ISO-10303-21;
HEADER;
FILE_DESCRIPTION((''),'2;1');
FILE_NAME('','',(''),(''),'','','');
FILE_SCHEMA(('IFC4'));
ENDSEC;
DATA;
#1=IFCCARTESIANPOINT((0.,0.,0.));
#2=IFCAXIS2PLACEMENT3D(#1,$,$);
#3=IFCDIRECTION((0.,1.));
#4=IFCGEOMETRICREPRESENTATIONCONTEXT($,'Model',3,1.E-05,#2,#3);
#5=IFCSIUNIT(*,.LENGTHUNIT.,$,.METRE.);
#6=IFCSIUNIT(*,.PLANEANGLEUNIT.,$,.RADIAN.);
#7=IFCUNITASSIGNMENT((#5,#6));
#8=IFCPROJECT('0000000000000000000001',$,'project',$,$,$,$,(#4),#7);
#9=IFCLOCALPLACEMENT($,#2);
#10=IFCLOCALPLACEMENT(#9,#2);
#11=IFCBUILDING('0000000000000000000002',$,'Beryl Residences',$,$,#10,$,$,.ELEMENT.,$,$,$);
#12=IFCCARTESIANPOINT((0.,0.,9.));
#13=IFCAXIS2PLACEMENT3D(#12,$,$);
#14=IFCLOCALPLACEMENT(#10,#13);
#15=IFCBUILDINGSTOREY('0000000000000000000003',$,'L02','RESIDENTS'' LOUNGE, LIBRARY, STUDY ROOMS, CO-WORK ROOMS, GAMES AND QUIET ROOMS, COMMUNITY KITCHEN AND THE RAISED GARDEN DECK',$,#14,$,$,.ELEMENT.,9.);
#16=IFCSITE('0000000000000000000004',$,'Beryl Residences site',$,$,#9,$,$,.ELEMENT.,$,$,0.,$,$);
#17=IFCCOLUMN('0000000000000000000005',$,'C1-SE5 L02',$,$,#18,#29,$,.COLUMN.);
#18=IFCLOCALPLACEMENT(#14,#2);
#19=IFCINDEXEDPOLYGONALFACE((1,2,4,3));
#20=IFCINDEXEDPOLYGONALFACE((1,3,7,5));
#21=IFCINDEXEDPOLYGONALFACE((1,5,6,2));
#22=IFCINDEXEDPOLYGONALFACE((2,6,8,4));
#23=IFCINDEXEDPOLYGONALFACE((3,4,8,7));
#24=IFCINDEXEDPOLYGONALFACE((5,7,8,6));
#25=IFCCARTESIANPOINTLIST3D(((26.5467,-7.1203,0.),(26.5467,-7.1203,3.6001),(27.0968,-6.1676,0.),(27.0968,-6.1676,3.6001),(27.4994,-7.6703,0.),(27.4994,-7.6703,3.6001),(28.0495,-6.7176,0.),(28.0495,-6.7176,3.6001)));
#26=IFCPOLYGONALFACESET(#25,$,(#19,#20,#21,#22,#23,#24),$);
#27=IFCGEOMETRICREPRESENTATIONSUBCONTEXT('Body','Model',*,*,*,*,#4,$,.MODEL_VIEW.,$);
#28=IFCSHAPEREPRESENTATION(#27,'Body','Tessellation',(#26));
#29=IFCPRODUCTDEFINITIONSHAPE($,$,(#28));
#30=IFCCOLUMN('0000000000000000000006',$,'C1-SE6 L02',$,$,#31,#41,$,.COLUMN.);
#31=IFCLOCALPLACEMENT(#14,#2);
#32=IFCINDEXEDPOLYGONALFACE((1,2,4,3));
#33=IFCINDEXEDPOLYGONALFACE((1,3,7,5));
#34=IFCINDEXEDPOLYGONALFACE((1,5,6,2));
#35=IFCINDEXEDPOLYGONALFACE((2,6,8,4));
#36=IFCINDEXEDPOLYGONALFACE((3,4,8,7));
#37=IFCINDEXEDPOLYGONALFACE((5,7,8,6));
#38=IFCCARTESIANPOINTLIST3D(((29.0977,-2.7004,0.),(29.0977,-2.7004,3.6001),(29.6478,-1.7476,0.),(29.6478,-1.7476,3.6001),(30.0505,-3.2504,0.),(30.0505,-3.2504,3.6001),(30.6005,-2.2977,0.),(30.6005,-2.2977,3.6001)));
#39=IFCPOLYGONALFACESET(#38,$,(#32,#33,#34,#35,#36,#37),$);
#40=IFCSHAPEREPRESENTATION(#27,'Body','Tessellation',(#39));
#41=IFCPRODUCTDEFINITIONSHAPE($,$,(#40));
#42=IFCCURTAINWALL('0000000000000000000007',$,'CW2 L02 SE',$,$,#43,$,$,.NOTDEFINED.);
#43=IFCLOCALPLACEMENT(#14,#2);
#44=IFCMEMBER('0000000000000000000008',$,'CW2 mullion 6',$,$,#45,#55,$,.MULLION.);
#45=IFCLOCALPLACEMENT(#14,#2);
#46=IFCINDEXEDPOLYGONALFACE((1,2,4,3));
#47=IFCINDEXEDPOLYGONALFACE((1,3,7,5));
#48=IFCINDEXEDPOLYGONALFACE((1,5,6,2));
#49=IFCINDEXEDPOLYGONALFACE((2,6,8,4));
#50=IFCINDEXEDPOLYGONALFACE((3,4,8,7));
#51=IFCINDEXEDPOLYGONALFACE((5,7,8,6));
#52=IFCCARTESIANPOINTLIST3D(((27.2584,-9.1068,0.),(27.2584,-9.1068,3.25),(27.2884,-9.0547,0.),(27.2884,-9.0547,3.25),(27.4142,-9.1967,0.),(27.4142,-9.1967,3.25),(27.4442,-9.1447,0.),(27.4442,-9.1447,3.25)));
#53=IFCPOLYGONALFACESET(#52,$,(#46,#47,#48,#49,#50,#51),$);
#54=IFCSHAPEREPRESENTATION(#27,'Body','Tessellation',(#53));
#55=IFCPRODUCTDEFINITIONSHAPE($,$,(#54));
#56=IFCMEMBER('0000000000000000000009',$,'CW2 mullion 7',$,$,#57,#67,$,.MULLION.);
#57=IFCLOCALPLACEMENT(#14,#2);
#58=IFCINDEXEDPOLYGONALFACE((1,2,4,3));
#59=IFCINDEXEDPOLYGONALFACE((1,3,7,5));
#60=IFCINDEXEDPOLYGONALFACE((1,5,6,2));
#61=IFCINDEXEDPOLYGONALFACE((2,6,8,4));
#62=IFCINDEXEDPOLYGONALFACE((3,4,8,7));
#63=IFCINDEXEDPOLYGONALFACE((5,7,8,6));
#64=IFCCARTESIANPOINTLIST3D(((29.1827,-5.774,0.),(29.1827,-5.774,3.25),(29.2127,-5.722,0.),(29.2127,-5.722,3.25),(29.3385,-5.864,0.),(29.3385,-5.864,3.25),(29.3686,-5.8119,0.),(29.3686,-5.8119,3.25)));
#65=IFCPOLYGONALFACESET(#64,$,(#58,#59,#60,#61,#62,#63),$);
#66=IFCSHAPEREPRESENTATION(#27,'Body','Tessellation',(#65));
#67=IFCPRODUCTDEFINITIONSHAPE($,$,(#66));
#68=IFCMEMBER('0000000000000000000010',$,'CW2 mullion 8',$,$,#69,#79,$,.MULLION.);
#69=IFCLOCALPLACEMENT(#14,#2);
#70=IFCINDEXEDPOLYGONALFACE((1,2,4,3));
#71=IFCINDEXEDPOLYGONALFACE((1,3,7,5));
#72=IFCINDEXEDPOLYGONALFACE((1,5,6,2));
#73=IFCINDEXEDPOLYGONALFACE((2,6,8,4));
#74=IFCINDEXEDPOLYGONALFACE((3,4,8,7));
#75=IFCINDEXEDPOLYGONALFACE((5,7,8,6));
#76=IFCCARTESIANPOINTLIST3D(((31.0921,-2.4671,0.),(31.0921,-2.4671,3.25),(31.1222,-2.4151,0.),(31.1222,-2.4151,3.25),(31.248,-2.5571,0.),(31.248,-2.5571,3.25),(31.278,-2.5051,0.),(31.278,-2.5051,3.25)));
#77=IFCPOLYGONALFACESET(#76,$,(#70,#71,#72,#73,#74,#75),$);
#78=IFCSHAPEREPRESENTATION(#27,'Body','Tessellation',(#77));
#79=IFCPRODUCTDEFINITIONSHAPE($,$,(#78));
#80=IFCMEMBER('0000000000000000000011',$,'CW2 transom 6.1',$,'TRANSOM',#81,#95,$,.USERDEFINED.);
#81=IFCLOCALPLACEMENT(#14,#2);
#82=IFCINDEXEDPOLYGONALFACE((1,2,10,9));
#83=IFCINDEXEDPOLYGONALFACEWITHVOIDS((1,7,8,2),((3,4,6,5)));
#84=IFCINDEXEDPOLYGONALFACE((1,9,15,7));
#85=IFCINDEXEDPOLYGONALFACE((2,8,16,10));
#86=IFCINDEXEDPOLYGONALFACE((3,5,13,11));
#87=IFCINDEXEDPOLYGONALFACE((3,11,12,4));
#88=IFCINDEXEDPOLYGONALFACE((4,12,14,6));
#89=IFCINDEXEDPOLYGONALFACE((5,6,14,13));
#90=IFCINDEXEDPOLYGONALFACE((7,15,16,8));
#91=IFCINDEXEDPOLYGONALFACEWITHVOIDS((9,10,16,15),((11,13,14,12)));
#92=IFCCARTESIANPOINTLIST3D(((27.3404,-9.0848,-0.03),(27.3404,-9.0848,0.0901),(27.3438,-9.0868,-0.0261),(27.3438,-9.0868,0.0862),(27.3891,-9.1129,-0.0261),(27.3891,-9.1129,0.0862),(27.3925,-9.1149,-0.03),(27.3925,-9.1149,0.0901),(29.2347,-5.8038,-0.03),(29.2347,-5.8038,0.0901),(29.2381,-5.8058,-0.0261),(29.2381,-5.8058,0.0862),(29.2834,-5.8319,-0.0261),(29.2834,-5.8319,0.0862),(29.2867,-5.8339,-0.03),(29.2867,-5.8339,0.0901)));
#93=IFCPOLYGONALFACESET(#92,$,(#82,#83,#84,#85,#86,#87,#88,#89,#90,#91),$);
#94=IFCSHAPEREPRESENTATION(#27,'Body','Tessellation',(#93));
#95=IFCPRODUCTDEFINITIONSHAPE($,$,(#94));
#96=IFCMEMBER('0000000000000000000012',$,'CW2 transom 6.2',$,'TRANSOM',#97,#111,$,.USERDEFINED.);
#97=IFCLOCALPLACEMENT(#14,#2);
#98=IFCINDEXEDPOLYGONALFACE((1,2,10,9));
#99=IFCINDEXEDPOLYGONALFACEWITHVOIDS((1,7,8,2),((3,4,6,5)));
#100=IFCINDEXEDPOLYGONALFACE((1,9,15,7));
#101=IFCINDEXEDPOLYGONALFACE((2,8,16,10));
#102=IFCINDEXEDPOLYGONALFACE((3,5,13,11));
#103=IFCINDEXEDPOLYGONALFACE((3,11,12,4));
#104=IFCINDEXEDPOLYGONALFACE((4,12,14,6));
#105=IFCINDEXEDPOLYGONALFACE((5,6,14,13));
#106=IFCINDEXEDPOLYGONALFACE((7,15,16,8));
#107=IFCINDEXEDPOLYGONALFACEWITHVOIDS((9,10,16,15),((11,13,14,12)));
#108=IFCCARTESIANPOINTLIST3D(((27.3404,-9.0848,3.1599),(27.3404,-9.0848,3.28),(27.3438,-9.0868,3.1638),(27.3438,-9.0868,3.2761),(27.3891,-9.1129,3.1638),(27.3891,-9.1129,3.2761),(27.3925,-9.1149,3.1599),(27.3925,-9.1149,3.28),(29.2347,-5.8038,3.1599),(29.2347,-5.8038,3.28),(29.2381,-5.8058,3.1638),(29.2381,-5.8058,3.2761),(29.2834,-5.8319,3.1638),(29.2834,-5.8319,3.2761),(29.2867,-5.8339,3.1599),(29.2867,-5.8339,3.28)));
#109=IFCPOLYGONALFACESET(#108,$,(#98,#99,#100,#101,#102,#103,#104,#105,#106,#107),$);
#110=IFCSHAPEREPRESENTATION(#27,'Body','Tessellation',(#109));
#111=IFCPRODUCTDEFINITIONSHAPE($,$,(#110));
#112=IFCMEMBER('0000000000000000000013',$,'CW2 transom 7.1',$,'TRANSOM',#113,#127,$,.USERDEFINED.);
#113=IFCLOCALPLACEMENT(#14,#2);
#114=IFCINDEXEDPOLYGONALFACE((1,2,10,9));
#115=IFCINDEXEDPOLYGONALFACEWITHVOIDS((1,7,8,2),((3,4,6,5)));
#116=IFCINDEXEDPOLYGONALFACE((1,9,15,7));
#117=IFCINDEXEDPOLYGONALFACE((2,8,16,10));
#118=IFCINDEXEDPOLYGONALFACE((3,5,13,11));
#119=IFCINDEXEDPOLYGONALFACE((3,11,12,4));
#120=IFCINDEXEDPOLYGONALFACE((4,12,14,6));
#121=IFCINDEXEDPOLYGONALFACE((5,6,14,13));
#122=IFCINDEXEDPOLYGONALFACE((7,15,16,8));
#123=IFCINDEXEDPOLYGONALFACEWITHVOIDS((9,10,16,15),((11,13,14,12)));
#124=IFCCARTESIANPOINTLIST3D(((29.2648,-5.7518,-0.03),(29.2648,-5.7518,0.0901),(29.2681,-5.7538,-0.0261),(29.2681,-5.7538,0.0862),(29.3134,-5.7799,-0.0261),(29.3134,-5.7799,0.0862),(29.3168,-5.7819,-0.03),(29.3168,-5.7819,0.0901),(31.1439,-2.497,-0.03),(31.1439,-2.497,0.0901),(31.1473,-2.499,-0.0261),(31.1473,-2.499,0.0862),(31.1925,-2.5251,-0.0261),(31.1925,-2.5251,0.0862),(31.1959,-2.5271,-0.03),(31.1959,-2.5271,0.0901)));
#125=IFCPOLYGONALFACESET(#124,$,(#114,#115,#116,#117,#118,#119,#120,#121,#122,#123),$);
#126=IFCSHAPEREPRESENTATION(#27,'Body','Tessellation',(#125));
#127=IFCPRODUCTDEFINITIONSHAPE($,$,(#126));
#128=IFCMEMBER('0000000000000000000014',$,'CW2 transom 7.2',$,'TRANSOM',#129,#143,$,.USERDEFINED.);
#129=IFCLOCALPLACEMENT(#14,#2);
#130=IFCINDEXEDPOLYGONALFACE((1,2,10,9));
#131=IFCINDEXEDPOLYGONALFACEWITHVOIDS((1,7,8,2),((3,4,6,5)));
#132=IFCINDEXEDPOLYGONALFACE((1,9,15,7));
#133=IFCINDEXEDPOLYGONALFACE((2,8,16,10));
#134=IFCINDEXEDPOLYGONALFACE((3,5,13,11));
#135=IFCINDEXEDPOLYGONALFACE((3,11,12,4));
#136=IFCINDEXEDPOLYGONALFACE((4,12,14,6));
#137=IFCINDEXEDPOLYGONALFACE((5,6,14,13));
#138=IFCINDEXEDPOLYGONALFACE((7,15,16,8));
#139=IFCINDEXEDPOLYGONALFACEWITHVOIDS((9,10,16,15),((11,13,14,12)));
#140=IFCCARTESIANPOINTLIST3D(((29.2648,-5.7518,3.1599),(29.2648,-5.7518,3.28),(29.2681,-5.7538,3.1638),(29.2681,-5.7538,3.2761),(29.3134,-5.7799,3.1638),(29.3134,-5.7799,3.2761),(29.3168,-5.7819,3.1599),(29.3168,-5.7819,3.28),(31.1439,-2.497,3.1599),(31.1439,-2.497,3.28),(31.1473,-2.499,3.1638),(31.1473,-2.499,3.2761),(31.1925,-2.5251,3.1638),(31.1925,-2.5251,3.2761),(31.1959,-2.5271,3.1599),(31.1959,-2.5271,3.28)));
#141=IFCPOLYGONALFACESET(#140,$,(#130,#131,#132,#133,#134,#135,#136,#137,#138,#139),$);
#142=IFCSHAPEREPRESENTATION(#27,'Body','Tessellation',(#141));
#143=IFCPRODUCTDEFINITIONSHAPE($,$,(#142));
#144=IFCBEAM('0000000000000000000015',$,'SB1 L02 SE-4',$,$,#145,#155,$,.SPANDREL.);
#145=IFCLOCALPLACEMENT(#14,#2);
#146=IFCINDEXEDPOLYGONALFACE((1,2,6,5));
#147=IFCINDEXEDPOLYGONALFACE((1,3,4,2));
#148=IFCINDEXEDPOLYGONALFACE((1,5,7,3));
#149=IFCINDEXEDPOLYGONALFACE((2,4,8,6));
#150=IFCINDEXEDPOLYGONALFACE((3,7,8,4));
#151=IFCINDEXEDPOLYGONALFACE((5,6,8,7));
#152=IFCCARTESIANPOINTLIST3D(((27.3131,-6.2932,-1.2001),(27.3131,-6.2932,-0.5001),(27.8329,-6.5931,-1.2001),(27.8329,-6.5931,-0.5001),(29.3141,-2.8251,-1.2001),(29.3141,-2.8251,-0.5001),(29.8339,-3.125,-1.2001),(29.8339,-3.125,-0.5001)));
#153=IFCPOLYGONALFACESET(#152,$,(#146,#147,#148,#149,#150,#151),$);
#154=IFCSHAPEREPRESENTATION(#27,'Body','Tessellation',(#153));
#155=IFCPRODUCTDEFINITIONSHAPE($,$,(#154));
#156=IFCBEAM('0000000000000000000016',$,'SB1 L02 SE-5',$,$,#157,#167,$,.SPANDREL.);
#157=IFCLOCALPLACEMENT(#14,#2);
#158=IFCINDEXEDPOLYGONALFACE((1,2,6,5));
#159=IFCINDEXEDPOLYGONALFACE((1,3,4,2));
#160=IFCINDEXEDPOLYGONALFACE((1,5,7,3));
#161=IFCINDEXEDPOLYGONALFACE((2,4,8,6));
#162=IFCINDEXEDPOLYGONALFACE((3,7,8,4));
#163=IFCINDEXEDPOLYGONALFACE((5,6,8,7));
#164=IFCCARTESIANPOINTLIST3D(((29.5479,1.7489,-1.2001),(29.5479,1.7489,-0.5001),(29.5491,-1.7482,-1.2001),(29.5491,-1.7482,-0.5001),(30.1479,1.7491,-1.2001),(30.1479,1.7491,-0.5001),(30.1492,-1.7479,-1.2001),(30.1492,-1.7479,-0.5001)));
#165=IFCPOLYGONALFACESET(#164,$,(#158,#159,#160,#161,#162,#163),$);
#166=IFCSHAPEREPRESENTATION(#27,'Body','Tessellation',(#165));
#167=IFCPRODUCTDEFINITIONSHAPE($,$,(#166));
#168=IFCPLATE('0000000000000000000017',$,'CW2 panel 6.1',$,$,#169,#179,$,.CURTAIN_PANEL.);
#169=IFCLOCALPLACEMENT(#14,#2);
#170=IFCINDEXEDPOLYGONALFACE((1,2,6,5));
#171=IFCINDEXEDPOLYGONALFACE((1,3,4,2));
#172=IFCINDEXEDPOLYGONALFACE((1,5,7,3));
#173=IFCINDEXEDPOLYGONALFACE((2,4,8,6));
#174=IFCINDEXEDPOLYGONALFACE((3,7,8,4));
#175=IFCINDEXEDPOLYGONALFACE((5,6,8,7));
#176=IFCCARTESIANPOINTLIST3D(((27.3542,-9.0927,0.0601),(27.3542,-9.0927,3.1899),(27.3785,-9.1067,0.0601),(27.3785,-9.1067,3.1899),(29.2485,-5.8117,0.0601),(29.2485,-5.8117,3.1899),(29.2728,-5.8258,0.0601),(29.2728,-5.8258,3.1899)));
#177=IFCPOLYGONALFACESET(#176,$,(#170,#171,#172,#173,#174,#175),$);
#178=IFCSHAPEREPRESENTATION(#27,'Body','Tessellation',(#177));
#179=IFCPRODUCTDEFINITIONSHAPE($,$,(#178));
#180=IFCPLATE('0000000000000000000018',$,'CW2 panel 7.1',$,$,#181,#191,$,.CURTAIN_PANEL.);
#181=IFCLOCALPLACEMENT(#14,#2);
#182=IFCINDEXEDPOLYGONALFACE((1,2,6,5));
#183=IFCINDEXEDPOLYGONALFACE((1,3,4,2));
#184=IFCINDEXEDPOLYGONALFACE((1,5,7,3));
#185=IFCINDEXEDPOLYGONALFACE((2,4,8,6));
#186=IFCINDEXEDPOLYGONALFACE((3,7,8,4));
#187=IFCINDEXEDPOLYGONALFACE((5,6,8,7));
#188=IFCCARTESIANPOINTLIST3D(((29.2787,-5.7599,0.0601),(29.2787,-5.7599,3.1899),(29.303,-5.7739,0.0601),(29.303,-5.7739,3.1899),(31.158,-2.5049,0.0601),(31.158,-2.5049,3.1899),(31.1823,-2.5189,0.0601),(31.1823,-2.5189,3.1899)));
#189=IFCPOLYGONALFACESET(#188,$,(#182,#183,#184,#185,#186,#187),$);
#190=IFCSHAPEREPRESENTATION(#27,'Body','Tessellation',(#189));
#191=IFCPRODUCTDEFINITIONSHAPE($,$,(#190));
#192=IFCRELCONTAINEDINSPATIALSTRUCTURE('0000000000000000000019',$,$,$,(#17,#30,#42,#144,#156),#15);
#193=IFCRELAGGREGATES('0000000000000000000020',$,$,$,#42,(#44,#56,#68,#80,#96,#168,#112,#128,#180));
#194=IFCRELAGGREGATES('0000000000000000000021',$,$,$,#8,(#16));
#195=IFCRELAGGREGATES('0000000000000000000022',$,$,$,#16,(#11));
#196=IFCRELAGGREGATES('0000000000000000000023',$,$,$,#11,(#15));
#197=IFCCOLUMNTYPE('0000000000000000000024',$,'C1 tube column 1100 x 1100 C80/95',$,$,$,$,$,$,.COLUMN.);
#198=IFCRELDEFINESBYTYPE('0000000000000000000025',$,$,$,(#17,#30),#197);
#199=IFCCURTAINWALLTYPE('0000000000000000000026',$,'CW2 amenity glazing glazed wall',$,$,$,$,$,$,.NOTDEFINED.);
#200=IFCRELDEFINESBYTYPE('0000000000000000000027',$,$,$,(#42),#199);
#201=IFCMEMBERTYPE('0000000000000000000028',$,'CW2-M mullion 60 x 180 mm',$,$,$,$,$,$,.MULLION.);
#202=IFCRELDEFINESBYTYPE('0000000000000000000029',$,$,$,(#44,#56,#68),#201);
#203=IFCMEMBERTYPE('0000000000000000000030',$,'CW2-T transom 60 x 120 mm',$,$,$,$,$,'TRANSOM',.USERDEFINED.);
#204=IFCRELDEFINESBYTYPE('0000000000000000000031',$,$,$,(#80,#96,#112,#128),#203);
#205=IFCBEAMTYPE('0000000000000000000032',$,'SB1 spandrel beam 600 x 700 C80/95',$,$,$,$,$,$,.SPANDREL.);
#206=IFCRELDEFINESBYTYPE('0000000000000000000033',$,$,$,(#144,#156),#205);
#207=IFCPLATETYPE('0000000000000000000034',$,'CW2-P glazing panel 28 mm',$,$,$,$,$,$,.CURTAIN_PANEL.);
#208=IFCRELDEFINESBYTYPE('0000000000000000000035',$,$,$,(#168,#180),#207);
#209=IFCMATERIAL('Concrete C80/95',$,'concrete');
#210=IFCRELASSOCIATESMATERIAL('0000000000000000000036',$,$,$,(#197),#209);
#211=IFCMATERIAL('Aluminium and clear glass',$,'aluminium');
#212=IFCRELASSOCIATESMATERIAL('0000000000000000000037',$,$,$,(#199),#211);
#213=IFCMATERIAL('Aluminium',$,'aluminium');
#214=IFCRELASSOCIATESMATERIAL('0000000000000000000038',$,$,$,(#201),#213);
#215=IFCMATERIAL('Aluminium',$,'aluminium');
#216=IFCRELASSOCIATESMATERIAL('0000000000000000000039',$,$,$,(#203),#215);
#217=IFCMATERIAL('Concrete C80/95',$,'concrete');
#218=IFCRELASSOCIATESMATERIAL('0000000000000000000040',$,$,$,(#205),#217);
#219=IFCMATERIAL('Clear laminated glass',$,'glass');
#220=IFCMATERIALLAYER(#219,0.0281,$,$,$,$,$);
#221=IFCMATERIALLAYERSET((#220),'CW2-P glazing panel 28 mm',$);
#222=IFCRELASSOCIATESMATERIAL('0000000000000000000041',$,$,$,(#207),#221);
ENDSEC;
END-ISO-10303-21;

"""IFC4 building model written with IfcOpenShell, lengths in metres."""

from ifc_helpers import new_model, si_unit, direction, frame, origin, origin_2d, place, context, subcontext, project, spatial, rectangle, hollow_rectangle, extrude, material, layer, layer_set, material_profile, profile_set, type_object, element, aggregate, save


model = new_model("IFC4")

# Units and contexts
model_context = context("Model", 3, precision=1e-05, world=origin(), true_north=direction((0.0, 1.0)))
body_context = subcontext(model_context, "Body", "Model", "MODEL_VIEW")
ifc_project = project(units=[si_unit("LENGTHUNIT", "METRE"), si_unit("PLANEANGLEUNIT", "RADIAN")], contexts=[model_context])

# Site, building, storey
site_placement = place(None, origin())
site = spatial("IfcSite", under=ifc_project, at=site_placement, Name="Beryl Residences site", CompositionType="ELEMENT", RefElevation=0.0)
building_placement = place(site_placement, origin())
building = spatial("IfcBuilding", under=site, at=building_placement, Name="Beryl Residences", CompositionType="ELEMENT")
storey_placement = place(building_placement, frame((0.0, 0.0, 9.0)))
storey = spatial("IfcBuildingStorey", under=building, at=storey_placement, Name="L02", Description="RESIDENTS' LOUNGE, LIBRARY, STUDY ROOMS, CO-WORK ROOMS, GAMES AND QUIET ROOMS, COMMUNITY KITCHEN AND THE RAISED GARDEN DECK", CompositionType="ELEMENT", Elevation=9.0)

# Columns
ifc_material_1 = material(Name="Concrete C80/95", Category="concrete")
ifc_material_profile_1 = material_profile(ifc_material_1, rectangle(XDim=1.1001, YDim=1.1001, at=origin_2d()))
ifc_profile_set_1 = profile_set([ifc_material_profile_1], Name="Concrete C80/95")
column_type = type_object("IfcColumnType", Name="C1 tube column 1100 x 1100 C80/95", PredefinedType="COLUMN", material=ifc_profile_set_1)
for number, where, z_axis, x_axis, name in (
    (1, (27.2981, -6.9189, 0.0), (0.0, 0.0, 1.0), (0.499985, 0.866034, 0.0), "C1-SE5 L02"),
    (2, (29.8491, -2.499, 0.0), (0.0, 0.0, 1.0), (0.499985, 0.866034, 0.0), "C1-SE6 L02"),
):
    element("IfcColumn", number, at=place(storey_placement, frame(where, z_axis=z_axis, x_axis=x_axis)), inside=storey, type_object=column_type, Name=name, PredefinedType="COLUMN", context=body_context, shape_type="SweptSolid", body=[
        extrude(rectangle(XDim=1.1001, YDim=1.1001, at=origin_2d()), origin(), (0.0, 0.0, 1.0), 3.6001),
    ])

# Curtain wall, members
ifc_material_2 = material(Name="Aluminium and clear glass", Category="aluminium")
curtain_wall_type = type_object("IfcCurtainWallType", Name="CW2 amenity glazing glazed wall", PredefinedType="NOTDEFINED", material=ifc_material_2)
curtain_wall_placement = place(storey_placement, origin())
curtain_wall = element("IfcCurtainWall", 3, at=curtain_wall_placement, inside=storey, type_object=curtain_wall_type, Name="CW2 L02 SE", PredefinedType="NOTDEFINED")
ifc_material_3 = material(Name="Aluminium", Category="aluminium")
ifc_material_profile_2 = material_profile(ifc_material_3, rectangle(XDim=0.0601, YDim=0.1799, at=origin_2d()))
ifc_profile_set_2 = profile_set([ifc_material_profile_2], Name="Aluminium")
member_type_1 = type_object("IfcMemberType", Name="CW2-M mullion 60 x 180 mm", PredefinedType="MULLION", material=ifc_profile_set_2)
member_1_placement = place(storey_placement, frame((27.3513, -9.1257, 0.0), z_axis=(0.0, 0.0, 1.0), x_axis=(0.500012, 0.866019, 0.0)))
member_1 = element("IfcMember", 4, at=member_1_placement, type_object=member_type_1, Name="CW2 mullion 6", PredefinedType="MULLION", context=body_context, shape_type="SweptSolid", body=[
    extrude(rectangle(XDim=0.0601, YDim=0.1799, at=origin_2d()), origin(), (0.0, 0.0, 1.0), 3.25),
])
member_2_placement = place(storey_placement, frame((29.2756, -5.793, 0.0), z_axis=(0.0, 0.0, 1.0), x_axis=(0.500012, 0.866019, 0.0)))
member_2 = element("IfcMember", 5, at=member_2_placement, type_object=member_type_1, Name="CW2 mullion 7", PredefinedType="MULLION", context=body_context, shape_type="SweptSolid", body=[
    extrude(rectangle(XDim=0.0601, YDim=0.1799, at=origin_2d()), origin(), (0.0, 0.0, 1.0), 3.25),
])
member_3_placement = place(storey_placement, frame((31.1851, -2.4861, 0.0), z_axis=(0.0, 0.0, 1.0), x_axis=(0.500012, 0.866019, 0.0)))
member_3 = element("IfcMember", 6, at=member_3_placement, type_object=member_type_1, Name="CW2 mullion 8", PredefinedType="MULLION", context=body_context, shape_type="SweptSolid", body=[
    extrude(rectangle(XDim=0.0601, YDim=0.1799, at=origin_2d()), origin(), (0.0, 0.0, 1.0), 3.25),
])
ifc_material_4 = material(Name="Aluminium", Category="aluminium")
ifc_material_profile_3 = material_profile(ifc_material_4, hollow_rectangle(XDim=0.0601, YDim=0.1201, WallThickness=0.0039, at=origin_2d()))
ifc_profile_set_3 = profile_set([ifc_material_profile_3], Name="Aluminium")
member_type_2 = type_object("IfcMemberType", Name="CW2-T transom 60 x 120 mm", ElementType="TRANSOM", PredefinedType="USERDEFINED", material=ifc_profile_set_3)
member_4_placement = place(storey_placement, frame((27.3665, -9.0999, 0.03), z_axis=(0.5, 0.866026, 0.0), x_axis=(-0.866026, 0.5, 0.0)))
member_4 = element("IfcMember", 7, at=member_4_placement, type_object=member_type_2, Name="CW2 transom 6.1", ObjectType="TRANSOM", PredefinedType="USERDEFINED", context=body_context, shape_type="SweptSolid", body=[
    extrude(hollow_rectangle(XDim=0.0601, YDim=0.1201, WallThickness=0.0039, at=origin_2d()), origin(), (0.0, 0.0, 1.0), 3.7886),
])
member_5_placement = place(storey_placement, frame((27.3665, -9.0999, 3.22), z_axis=(0.5, 0.866026, 0.0), x_axis=(-0.866026, 0.5, 0.0)))
member_5 = element("IfcMember", 8, at=member_5_placement, type_object=member_type_2, Name="CW2 transom 6.2", ObjectType="TRANSOM", PredefinedType="USERDEFINED", context=body_context, shape_type="SweptSolid", body=[
    extrude(hollow_rectangle(XDim=0.0601, YDim=0.1201, WallThickness=0.0039, at=origin_2d()), origin(), (0.0, 0.0, 1.0), 3.7886),
])
member_6_placement = place(storey_placement, frame((29.2908, -5.7668, 0.03), z_axis=(0.499989, 0.866032, 0.0), x_axis=(-0.866032, 0.499989, 0.0)))
member_6 = element("IfcMember", 9, at=member_6_placement, type_object=member_type_2, Name="CW2 transom 7.1", ObjectType="TRANSOM", PredefinedType="USERDEFINED", context=body_context, shape_type="SweptSolid", body=[
    extrude(hollow_rectangle(XDim=0.0601, YDim=0.1201, WallThickness=0.0039, at=origin_2d()), origin(), (0.0, 0.0, 1.0), 3.7583),
])
member_7_placement = place(storey_placement, frame((29.2908, -5.7668, 3.22), z_axis=(0.499989, 0.866032, 0.0), x_axis=(-0.866032, 0.499989, 0.0)))
member_7 = element("IfcMember", 10, at=member_7_placement, type_object=member_type_2, Name="CW2 transom 7.2", ObjectType="TRANSOM", PredefinedType="USERDEFINED", context=body_context, shape_type="SweptSolid", body=[
    extrude(hollow_rectangle(XDim=0.0601, YDim=0.1201, WallThickness=0.0039, at=origin_2d()), origin(), (0.0, 0.0, 1.0), 3.7583),
])

# Beams
ifc_material_5 = material(Name="Concrete C80/95", Category="concrete")
ifc_material_profile_4 = material_profile(ifc_material_5, rectangle(XDim=0.6001, YDim=0.7, at=origin_2d()))
ifc_profile_set_4 = profile_set([ifc_material_profile_4], Name="Concrete C80/95")
beam_type = type_object("IfcBeamType", Name="SB1 spandrel beam 600 x 700 C80/95", PredefinedType="SPANDREL", material=ifc_profile_set_4)
beam_1_placement = place(storey_placement, frame((27.573, -6.4431, -0.8501), z_axis=(0.499759, 0.866164, 0.0), x_axis=(-0.866164, 0.499759, 0.0)))
element("IfcBeam", 11, at=beam_1_placement, inside=storey, type_object=beam_type, Name="SB1 L02 SE-4", PredefinedType="SPANDREL", context=body_context, shape_type="SweptSolid", body=[
    extrude(rectangle(XDim=0.6001, YDim=0.7, at=origin_2d()), origin(), (0.0, 0.0, 1.0), 4.0039),
])
beam_2_placement = place(storey_placement, frame((29.8491, -1.748, -0.8501), z_axis=(-0.000349, 1.0, 0.0), x_axis=(-1.0, -0.000349, 0.0)))
element("IfcBeam", 12, at=beam_2_placement, inside=storey, type_object=beam_type, Name="SB1 L02 SE-5", PredefinedType="SPANDREL", context=body_context, shape_type="SweptSolid", body=[
    extrude(rectangle(XDim=0.6001, YDim=0.7, at=origin_2d()), origin(), (0.0, 0.0, 1.0), 3.4971),
])

# Plates
ifc_material_6 = material(Name="Clear laminated glass", Category="glass")
ifc_layer_1 = layer(ifc_material_6, 0.0281)
ifc_layer_set_1 = layer_set([ifc_layer_1], Name="CW2-P glazing panel 28 mm")
plate_type = type_object("IfcPlateType", Name="CW2-P glazing panel 28 mm", PredefinedType="CURTAIN_PANEL", material=ifc_layer_set_1)
plate_1_placement = place(storey_placement, frame((28.3135, -7.4592, 0.0601), z_axis=(0.0, 0.0, 1.0), x_axis=(0.500012, 0.866019, 0.0)))
plate_1 = element("IfcPlate", 13, at=plate_1_placement, type_object=plate_type, Name="CW2 panel 6.1", PredefinedType="CURTAIN_PANEL", context=body_context, shape_type="SweptSolid", body=[
    extrude(rectangle(XDim=3.7886, YDim=0.0281, at=origin_2d()), origin(), (0.0, 0.0, 1.0), 3.1299),
])
plate_2_placement = place(storey_placement, frame((30.2305, -4.1394, 0.0601), z_axis=(0.0, 0.0, 1.0), x_axis=(0.500012, 0.866019, 0.0)))
plate_2 = element("IfcPlate", 14, at=plate_2_placement, type_object=plate_type, Name="CW2 panel 7.1", PredefinedType="CURTAIN_PANEL", context=body_context, shape_type="SweptSolid", body=[
    extrude(rectangle(XDim=3.7585, YDim=0.0281, at=origin_2d()), origin(), (0.0, 0.0, 1.0), 3.1299),
])
aggregate(curtain_wall, [member_1, member_2, member_3, member_4, member_5, plate_1, member_6, member_7, plate_2])

save(model, "model.ifc")
